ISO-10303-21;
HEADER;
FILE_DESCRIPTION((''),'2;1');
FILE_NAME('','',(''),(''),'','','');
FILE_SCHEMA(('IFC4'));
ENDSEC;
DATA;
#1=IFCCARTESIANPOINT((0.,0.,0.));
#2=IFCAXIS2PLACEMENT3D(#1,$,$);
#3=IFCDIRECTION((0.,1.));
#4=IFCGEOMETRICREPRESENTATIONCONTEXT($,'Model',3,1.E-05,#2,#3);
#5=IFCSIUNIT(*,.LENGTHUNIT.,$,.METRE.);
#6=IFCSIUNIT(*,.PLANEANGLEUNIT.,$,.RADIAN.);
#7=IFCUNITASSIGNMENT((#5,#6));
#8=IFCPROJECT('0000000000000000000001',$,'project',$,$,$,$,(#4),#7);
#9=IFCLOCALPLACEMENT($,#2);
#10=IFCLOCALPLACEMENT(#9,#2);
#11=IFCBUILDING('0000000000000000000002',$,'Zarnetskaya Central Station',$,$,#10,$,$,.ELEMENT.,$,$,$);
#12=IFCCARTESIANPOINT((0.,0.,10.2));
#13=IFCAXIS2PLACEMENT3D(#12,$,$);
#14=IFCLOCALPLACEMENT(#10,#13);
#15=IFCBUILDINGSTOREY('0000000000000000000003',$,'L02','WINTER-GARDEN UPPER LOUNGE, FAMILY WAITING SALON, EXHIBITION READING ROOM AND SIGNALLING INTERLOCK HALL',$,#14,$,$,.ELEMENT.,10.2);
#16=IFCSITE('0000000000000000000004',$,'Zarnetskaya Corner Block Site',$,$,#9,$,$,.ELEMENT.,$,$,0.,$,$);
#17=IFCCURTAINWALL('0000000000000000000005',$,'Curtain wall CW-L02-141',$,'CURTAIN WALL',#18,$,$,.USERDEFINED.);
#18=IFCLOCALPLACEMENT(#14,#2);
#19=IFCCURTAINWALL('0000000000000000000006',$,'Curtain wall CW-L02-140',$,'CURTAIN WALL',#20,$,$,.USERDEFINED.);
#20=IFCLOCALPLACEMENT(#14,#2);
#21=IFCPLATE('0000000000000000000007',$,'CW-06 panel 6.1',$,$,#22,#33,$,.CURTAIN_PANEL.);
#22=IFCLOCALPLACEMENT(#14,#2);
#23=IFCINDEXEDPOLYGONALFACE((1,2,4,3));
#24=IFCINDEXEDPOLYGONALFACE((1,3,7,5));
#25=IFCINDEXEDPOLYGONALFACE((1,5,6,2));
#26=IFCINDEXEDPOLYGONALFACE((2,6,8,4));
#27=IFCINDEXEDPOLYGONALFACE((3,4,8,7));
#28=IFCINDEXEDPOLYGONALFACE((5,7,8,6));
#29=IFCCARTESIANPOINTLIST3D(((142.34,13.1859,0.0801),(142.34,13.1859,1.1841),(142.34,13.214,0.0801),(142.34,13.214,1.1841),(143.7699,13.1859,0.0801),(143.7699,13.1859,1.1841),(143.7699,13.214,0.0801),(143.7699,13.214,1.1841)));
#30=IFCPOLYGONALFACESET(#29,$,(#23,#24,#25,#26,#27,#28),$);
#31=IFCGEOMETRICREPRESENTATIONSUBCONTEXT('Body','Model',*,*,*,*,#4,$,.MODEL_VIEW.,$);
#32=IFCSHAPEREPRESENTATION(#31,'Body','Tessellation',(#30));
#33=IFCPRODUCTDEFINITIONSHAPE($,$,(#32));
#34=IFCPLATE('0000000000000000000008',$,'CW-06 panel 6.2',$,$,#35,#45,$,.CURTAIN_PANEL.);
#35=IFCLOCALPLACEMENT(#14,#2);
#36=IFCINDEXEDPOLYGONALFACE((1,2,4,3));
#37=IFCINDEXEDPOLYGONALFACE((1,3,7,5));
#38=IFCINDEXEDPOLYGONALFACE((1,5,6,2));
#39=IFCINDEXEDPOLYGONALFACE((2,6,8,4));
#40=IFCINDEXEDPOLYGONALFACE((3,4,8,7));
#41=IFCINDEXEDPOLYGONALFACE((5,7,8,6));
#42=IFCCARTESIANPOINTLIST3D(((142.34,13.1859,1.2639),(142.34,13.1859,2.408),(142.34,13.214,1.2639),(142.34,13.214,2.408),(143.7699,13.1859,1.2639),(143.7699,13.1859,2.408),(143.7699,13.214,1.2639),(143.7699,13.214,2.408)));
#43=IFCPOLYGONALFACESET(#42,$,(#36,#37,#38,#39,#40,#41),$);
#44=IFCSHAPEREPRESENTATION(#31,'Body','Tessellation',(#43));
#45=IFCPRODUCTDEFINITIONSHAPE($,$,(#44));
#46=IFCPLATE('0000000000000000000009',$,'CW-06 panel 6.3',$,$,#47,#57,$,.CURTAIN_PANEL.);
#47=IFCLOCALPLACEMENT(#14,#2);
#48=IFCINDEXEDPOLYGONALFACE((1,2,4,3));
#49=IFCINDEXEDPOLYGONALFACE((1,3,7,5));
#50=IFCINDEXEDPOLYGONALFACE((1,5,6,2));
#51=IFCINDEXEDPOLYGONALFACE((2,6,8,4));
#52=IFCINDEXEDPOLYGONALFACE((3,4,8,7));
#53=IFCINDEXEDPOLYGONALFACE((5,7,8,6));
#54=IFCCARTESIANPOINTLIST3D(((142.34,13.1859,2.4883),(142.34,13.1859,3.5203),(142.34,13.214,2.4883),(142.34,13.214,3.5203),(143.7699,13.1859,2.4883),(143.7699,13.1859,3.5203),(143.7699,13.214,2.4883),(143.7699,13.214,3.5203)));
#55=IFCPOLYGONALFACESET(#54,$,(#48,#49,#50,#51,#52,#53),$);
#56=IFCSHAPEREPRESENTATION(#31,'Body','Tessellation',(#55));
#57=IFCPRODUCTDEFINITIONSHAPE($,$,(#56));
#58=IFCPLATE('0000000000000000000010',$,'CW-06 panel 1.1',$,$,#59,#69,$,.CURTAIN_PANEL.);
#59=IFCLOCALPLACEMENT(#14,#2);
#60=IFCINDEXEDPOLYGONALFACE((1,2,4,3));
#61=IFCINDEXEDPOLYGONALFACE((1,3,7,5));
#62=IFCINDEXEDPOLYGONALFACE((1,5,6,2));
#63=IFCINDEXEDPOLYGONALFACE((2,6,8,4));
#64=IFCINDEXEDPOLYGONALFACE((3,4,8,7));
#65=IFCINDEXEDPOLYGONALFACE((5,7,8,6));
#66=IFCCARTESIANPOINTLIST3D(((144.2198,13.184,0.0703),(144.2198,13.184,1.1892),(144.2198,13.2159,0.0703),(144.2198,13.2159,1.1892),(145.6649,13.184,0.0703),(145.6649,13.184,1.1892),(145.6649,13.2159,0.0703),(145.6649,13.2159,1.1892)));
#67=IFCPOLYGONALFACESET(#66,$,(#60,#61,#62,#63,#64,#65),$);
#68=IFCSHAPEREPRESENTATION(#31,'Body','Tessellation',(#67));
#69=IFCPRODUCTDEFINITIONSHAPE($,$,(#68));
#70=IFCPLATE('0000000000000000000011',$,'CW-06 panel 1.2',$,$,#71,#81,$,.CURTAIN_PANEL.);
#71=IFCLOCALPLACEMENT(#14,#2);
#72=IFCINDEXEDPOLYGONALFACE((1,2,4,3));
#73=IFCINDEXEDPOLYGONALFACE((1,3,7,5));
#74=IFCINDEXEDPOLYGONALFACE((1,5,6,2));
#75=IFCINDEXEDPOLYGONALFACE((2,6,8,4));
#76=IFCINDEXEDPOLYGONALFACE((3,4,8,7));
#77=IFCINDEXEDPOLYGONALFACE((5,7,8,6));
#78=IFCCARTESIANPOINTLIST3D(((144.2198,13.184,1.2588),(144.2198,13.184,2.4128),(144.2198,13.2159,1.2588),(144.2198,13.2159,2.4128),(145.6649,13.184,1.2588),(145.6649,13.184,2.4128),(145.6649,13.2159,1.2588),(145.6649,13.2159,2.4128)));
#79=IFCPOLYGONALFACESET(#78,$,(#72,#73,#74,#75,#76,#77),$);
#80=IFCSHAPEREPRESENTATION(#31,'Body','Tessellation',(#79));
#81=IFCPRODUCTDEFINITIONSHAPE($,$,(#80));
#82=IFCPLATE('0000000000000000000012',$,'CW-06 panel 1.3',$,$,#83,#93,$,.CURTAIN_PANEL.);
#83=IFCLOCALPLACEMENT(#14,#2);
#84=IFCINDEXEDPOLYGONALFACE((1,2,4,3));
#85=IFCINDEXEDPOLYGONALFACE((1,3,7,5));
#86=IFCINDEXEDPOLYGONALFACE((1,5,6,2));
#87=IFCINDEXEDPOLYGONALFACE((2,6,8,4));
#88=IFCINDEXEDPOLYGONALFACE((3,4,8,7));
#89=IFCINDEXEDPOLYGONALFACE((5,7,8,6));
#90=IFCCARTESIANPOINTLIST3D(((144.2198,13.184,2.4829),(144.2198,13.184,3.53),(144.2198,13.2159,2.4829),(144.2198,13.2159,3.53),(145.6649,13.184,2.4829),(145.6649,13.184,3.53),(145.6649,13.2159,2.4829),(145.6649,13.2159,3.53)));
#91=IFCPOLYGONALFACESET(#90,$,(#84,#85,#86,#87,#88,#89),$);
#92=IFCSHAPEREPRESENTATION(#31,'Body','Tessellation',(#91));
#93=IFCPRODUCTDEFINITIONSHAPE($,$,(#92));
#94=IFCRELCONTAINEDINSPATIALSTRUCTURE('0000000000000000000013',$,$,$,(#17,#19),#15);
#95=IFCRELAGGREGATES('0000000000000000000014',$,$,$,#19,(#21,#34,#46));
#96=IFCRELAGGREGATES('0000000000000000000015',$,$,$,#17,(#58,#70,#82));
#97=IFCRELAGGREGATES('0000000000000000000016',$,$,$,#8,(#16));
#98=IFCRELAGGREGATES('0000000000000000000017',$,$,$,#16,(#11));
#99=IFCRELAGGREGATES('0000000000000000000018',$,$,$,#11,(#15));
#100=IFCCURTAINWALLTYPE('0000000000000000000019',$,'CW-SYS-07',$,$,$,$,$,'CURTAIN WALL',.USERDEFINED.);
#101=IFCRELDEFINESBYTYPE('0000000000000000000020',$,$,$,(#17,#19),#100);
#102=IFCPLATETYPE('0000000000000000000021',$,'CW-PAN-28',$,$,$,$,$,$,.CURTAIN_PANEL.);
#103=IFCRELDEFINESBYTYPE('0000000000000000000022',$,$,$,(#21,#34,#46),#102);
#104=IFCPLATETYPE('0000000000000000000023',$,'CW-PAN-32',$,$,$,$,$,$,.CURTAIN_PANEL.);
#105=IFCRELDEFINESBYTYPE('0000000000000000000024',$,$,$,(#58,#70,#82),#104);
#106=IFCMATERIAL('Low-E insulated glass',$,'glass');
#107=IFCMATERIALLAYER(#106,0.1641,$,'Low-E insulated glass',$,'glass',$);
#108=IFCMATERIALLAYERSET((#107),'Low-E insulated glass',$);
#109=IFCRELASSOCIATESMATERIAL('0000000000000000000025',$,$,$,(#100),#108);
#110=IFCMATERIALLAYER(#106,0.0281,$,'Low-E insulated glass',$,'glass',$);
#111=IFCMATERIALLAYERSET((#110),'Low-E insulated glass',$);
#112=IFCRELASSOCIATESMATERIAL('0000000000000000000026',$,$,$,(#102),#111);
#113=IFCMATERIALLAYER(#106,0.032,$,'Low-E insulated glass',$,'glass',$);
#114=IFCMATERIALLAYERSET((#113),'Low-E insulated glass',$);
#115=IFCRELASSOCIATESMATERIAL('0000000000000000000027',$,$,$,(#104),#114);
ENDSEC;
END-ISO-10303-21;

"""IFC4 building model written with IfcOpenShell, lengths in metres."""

from ifc_helpers import new_model, si_unit, direction, frame, origin, origin_2d, place, context, subcontext, project, spatial, rectangle, extrude, material, layer, layer_set, type_object, element, aggregate, save


model = new_model("IFC4")

# Units and contexts
model_context = context("Model", 3, precision=1e-05, world=origin(), true_north=direction((0.0, 1.0)))
body_context = subcontext(model_context, "Body", "Model", "MODEL_VIEW")
ifc_project = project(units=[si_unit("LENGTHUNIT", "METRE"), si_unit("PLANEANGLEUNIT", "RADIAN")], contexts=[model_context])

# Site, building, storey
site_placement = place(None, origin())
site = spatial("IfcSite", under=ifc_project, at=site_placement, Name="Zarnetskaya Corner Block Site", CompositionType="ELEMENT", RefElevation=0.0)
building_placement = place(site_placement, origin())
building = spatial("IfcBuilding", under=site, at=building_placement, Name="Zarnetskaya Central Station", CompositionType="ELEMENT")
storey_placement = place(building_placement, frame((0.0, 0.0, 10.2)))
storey = spatial("IfcBuildingStorey", under=building, at=storey_placement, Name="L02", Description="WINTER-GARDEN UPPER LOUNGE, FAMILY WAITING SALON, EXHIBITION READING ROOM AND SIGNALLING INTERLOCK HALL", CompositionType="ELEMENT", Elevation=10.2)

# Curtain wall
ifc_material_1 = material(Name="Low-E insulated glass", Category="glass")
ifc_layer_1 = layer(ifc_material_1, 0.1641, Name="Low-E insulated glass", Category="glass")
ifc_layer_set_1 = layer_set([ifc_layer_1], Name="Low-E insulated glass")
curtain_wall_type = type_object("IfcCurtainWallType", Name="CW-SYS-07", ElementType="CURTAIN WALL", PredefinedType="USERDEFINED", material=ifc_layer_set_1)
curtain_wall_1_placement = place(storey_placement, origin())
curtain_wall_1 = element("IfcCurtainWall", 1, at=curtain_wall_1_placement, inside=storey, type_object=curtain_wall_type, Name="Curtain wall CW-L02-141", ObjectType="CURTAIN WALL", PredefinedType="USERDEFINED")

# Curtain wall
curtain_wall_2_placement = place(storey_placement, origin())
curtain_wall_2 = element("IfcCurtainWall", 2, at=curtain_wall_2_placement, inside=storey, type_object=curtain_wall_type, Name="Curtain wall CW-L02-140", ObjectType="CURTAIN WALL", PredefinedType="USERDEFINED")

# Plates
ifc_layer_2 = layer(ifc_material_1, 0.0281, Name="Low-E insulated glass", Category="glass")
ifc_layer_set_2 = layer_set([ifc_layer_2], Name="Low-E insulated glass")
plate_type_1 = type_object("IfcPlateType", Name="CW-PAN-28", PredefinedType="CURTAIN_PANEL", material=ifc_layer_set_2)
plate_1_placement = place(storey_placement, frame((143.0549, 13.2, 0.0801), z_axis=(0.0, 0.0, 1.0), x_axis=(1.0, 0.0, 0.0)))
plate_1 = element("IfcPlate", 3, at=plate_1_placement, type_object=plate_type_1, Name="CW-06 panel 6.1", PredefinedType="CURTAIN_PANEL", context=body_context, shape_type="SweptSolid", body=[
    extrude(rectangle(XDim=1.4299, YDim=0.0281, at=origin_2d()), origin(), (0.0, 0.0, 1.0), 1.104),
])
plate_2_placement = place(storey_placement, frame((143.0549, 13.2, 1.2639), z_axis=(0.0, 0.0, 1.0), x_axis=(1.0, 0.0, 0.0)))
plate_2 = element("IfcPlate", 4, at=plate_2_placement, type_object=plate_type_1, Name="CW-06 panel 6.2", PredefinedType="CURTAIN_PANEL", context=body_context, shape_type="SweptSolid", body=[
    extrude(rectangle(XDim=1.4299, YDim=0.0281, at=origin_2d()), origin(), (0.0, 0.0, 1.0), 1.144),
])
plate_3_placement = place(storey_placement, frame((143.0549, 13.2, 2.4883), z_axis=(0.0, 0.0, 1.0), x_axis=(1.0, 0.0, 0.0)))
plate_3 = element("IfcPlate", 5, at=plate_3_placement, type_object=plate_type_1, Name="CW-06 panel 6.3", PredefinedType="CURTAIN_PANEL", context=body_context, shape_type="SweptSolid", body=[
    extrude(rectangle(XDim=1.4299, YDim=0.0281, at=origin_2d()), origin(), (0.0, 0.0, 1.0), 1.032),
])
aggregate(curtain_wall_2, [plate_1, plate_2, plate_3])
ifc_layer_3 = layer(ifc_material_1, 0.032, Name="Low-E insulated glass", Category="glass")
ifc_layer_set_3 = layer_set([ifc_layer_3], Name="Low-E insulated glass")
plate_type_2 = type_object("IfcPlateType", Name="CW-PAN-32", PredefinedType="CURTAIN_PANEL", material=ifc_layer_set_3)
plate_4_placement = place(storey_placement, frame((144.9424, 13.2, 0.0703), z_axis=(0.0, 0.0, 1.0), x_axis=(1.0, 0.0, 0.0)))
plate_4 = element("IfcPlate", 6, at=plate_4_placement, type_object=plate_type_2, Name="CW-06 panel 1.1", PredefinedType="CURTAIN_PANEL", context=body_context, shape_type="SweptSolid", body=[
    extrude(rectangle(XDim=1.4451, YDim=0.032, at=origin_2d()), origin(), (0.0, 0.0, 1.0), 1.1189),
])
plate_5_placement = place(storey_placement, frame((144.9424, 13.2, 1.2588), z_axis=(0.0, 0.0, 1.0), x_axis=(1.0, 0.0, 0.0)))
plate_5 = element("IfcPlate", 7, at=plate_5_placement, type_object=plate_type_2, Name="CW-06 panel 1.2", PredefinedType="CURTAIN_PANEL", context=body_context, shape_type="SweptSolid", body=[
    extrude(rectangle(XDim=1.4451, YDim=0.032, at=origin_2d()), origin(), (0.0, 0.0, 1.0), 1.1541),
])
plate_6_placement = place(storey_placement, frame((144.9424, 13.2, 2.4829), z_axis=(0.0, 0.0, 1.0), x_axis=(1.0, 0.0, 0.0)))
plate_6 = element("IfcPlate", 8, at=plate_6_placement, type_object=plate_type_2, Name="CW-06 panel 1.3", PredefinedType="CURTAIN_PANEL", context=body_context, shape_type="SweptSolid", body=[
    extrude(rectangle(XDim=1.4451, YDim=0.032, at=origin_2d()), origin(), (0.0, 0.0, 1.0), 1.0471),
])
aggregate(curtain_wall_1, [plate_4, plate_5, plate_6])

save(model, "model.ifc")
